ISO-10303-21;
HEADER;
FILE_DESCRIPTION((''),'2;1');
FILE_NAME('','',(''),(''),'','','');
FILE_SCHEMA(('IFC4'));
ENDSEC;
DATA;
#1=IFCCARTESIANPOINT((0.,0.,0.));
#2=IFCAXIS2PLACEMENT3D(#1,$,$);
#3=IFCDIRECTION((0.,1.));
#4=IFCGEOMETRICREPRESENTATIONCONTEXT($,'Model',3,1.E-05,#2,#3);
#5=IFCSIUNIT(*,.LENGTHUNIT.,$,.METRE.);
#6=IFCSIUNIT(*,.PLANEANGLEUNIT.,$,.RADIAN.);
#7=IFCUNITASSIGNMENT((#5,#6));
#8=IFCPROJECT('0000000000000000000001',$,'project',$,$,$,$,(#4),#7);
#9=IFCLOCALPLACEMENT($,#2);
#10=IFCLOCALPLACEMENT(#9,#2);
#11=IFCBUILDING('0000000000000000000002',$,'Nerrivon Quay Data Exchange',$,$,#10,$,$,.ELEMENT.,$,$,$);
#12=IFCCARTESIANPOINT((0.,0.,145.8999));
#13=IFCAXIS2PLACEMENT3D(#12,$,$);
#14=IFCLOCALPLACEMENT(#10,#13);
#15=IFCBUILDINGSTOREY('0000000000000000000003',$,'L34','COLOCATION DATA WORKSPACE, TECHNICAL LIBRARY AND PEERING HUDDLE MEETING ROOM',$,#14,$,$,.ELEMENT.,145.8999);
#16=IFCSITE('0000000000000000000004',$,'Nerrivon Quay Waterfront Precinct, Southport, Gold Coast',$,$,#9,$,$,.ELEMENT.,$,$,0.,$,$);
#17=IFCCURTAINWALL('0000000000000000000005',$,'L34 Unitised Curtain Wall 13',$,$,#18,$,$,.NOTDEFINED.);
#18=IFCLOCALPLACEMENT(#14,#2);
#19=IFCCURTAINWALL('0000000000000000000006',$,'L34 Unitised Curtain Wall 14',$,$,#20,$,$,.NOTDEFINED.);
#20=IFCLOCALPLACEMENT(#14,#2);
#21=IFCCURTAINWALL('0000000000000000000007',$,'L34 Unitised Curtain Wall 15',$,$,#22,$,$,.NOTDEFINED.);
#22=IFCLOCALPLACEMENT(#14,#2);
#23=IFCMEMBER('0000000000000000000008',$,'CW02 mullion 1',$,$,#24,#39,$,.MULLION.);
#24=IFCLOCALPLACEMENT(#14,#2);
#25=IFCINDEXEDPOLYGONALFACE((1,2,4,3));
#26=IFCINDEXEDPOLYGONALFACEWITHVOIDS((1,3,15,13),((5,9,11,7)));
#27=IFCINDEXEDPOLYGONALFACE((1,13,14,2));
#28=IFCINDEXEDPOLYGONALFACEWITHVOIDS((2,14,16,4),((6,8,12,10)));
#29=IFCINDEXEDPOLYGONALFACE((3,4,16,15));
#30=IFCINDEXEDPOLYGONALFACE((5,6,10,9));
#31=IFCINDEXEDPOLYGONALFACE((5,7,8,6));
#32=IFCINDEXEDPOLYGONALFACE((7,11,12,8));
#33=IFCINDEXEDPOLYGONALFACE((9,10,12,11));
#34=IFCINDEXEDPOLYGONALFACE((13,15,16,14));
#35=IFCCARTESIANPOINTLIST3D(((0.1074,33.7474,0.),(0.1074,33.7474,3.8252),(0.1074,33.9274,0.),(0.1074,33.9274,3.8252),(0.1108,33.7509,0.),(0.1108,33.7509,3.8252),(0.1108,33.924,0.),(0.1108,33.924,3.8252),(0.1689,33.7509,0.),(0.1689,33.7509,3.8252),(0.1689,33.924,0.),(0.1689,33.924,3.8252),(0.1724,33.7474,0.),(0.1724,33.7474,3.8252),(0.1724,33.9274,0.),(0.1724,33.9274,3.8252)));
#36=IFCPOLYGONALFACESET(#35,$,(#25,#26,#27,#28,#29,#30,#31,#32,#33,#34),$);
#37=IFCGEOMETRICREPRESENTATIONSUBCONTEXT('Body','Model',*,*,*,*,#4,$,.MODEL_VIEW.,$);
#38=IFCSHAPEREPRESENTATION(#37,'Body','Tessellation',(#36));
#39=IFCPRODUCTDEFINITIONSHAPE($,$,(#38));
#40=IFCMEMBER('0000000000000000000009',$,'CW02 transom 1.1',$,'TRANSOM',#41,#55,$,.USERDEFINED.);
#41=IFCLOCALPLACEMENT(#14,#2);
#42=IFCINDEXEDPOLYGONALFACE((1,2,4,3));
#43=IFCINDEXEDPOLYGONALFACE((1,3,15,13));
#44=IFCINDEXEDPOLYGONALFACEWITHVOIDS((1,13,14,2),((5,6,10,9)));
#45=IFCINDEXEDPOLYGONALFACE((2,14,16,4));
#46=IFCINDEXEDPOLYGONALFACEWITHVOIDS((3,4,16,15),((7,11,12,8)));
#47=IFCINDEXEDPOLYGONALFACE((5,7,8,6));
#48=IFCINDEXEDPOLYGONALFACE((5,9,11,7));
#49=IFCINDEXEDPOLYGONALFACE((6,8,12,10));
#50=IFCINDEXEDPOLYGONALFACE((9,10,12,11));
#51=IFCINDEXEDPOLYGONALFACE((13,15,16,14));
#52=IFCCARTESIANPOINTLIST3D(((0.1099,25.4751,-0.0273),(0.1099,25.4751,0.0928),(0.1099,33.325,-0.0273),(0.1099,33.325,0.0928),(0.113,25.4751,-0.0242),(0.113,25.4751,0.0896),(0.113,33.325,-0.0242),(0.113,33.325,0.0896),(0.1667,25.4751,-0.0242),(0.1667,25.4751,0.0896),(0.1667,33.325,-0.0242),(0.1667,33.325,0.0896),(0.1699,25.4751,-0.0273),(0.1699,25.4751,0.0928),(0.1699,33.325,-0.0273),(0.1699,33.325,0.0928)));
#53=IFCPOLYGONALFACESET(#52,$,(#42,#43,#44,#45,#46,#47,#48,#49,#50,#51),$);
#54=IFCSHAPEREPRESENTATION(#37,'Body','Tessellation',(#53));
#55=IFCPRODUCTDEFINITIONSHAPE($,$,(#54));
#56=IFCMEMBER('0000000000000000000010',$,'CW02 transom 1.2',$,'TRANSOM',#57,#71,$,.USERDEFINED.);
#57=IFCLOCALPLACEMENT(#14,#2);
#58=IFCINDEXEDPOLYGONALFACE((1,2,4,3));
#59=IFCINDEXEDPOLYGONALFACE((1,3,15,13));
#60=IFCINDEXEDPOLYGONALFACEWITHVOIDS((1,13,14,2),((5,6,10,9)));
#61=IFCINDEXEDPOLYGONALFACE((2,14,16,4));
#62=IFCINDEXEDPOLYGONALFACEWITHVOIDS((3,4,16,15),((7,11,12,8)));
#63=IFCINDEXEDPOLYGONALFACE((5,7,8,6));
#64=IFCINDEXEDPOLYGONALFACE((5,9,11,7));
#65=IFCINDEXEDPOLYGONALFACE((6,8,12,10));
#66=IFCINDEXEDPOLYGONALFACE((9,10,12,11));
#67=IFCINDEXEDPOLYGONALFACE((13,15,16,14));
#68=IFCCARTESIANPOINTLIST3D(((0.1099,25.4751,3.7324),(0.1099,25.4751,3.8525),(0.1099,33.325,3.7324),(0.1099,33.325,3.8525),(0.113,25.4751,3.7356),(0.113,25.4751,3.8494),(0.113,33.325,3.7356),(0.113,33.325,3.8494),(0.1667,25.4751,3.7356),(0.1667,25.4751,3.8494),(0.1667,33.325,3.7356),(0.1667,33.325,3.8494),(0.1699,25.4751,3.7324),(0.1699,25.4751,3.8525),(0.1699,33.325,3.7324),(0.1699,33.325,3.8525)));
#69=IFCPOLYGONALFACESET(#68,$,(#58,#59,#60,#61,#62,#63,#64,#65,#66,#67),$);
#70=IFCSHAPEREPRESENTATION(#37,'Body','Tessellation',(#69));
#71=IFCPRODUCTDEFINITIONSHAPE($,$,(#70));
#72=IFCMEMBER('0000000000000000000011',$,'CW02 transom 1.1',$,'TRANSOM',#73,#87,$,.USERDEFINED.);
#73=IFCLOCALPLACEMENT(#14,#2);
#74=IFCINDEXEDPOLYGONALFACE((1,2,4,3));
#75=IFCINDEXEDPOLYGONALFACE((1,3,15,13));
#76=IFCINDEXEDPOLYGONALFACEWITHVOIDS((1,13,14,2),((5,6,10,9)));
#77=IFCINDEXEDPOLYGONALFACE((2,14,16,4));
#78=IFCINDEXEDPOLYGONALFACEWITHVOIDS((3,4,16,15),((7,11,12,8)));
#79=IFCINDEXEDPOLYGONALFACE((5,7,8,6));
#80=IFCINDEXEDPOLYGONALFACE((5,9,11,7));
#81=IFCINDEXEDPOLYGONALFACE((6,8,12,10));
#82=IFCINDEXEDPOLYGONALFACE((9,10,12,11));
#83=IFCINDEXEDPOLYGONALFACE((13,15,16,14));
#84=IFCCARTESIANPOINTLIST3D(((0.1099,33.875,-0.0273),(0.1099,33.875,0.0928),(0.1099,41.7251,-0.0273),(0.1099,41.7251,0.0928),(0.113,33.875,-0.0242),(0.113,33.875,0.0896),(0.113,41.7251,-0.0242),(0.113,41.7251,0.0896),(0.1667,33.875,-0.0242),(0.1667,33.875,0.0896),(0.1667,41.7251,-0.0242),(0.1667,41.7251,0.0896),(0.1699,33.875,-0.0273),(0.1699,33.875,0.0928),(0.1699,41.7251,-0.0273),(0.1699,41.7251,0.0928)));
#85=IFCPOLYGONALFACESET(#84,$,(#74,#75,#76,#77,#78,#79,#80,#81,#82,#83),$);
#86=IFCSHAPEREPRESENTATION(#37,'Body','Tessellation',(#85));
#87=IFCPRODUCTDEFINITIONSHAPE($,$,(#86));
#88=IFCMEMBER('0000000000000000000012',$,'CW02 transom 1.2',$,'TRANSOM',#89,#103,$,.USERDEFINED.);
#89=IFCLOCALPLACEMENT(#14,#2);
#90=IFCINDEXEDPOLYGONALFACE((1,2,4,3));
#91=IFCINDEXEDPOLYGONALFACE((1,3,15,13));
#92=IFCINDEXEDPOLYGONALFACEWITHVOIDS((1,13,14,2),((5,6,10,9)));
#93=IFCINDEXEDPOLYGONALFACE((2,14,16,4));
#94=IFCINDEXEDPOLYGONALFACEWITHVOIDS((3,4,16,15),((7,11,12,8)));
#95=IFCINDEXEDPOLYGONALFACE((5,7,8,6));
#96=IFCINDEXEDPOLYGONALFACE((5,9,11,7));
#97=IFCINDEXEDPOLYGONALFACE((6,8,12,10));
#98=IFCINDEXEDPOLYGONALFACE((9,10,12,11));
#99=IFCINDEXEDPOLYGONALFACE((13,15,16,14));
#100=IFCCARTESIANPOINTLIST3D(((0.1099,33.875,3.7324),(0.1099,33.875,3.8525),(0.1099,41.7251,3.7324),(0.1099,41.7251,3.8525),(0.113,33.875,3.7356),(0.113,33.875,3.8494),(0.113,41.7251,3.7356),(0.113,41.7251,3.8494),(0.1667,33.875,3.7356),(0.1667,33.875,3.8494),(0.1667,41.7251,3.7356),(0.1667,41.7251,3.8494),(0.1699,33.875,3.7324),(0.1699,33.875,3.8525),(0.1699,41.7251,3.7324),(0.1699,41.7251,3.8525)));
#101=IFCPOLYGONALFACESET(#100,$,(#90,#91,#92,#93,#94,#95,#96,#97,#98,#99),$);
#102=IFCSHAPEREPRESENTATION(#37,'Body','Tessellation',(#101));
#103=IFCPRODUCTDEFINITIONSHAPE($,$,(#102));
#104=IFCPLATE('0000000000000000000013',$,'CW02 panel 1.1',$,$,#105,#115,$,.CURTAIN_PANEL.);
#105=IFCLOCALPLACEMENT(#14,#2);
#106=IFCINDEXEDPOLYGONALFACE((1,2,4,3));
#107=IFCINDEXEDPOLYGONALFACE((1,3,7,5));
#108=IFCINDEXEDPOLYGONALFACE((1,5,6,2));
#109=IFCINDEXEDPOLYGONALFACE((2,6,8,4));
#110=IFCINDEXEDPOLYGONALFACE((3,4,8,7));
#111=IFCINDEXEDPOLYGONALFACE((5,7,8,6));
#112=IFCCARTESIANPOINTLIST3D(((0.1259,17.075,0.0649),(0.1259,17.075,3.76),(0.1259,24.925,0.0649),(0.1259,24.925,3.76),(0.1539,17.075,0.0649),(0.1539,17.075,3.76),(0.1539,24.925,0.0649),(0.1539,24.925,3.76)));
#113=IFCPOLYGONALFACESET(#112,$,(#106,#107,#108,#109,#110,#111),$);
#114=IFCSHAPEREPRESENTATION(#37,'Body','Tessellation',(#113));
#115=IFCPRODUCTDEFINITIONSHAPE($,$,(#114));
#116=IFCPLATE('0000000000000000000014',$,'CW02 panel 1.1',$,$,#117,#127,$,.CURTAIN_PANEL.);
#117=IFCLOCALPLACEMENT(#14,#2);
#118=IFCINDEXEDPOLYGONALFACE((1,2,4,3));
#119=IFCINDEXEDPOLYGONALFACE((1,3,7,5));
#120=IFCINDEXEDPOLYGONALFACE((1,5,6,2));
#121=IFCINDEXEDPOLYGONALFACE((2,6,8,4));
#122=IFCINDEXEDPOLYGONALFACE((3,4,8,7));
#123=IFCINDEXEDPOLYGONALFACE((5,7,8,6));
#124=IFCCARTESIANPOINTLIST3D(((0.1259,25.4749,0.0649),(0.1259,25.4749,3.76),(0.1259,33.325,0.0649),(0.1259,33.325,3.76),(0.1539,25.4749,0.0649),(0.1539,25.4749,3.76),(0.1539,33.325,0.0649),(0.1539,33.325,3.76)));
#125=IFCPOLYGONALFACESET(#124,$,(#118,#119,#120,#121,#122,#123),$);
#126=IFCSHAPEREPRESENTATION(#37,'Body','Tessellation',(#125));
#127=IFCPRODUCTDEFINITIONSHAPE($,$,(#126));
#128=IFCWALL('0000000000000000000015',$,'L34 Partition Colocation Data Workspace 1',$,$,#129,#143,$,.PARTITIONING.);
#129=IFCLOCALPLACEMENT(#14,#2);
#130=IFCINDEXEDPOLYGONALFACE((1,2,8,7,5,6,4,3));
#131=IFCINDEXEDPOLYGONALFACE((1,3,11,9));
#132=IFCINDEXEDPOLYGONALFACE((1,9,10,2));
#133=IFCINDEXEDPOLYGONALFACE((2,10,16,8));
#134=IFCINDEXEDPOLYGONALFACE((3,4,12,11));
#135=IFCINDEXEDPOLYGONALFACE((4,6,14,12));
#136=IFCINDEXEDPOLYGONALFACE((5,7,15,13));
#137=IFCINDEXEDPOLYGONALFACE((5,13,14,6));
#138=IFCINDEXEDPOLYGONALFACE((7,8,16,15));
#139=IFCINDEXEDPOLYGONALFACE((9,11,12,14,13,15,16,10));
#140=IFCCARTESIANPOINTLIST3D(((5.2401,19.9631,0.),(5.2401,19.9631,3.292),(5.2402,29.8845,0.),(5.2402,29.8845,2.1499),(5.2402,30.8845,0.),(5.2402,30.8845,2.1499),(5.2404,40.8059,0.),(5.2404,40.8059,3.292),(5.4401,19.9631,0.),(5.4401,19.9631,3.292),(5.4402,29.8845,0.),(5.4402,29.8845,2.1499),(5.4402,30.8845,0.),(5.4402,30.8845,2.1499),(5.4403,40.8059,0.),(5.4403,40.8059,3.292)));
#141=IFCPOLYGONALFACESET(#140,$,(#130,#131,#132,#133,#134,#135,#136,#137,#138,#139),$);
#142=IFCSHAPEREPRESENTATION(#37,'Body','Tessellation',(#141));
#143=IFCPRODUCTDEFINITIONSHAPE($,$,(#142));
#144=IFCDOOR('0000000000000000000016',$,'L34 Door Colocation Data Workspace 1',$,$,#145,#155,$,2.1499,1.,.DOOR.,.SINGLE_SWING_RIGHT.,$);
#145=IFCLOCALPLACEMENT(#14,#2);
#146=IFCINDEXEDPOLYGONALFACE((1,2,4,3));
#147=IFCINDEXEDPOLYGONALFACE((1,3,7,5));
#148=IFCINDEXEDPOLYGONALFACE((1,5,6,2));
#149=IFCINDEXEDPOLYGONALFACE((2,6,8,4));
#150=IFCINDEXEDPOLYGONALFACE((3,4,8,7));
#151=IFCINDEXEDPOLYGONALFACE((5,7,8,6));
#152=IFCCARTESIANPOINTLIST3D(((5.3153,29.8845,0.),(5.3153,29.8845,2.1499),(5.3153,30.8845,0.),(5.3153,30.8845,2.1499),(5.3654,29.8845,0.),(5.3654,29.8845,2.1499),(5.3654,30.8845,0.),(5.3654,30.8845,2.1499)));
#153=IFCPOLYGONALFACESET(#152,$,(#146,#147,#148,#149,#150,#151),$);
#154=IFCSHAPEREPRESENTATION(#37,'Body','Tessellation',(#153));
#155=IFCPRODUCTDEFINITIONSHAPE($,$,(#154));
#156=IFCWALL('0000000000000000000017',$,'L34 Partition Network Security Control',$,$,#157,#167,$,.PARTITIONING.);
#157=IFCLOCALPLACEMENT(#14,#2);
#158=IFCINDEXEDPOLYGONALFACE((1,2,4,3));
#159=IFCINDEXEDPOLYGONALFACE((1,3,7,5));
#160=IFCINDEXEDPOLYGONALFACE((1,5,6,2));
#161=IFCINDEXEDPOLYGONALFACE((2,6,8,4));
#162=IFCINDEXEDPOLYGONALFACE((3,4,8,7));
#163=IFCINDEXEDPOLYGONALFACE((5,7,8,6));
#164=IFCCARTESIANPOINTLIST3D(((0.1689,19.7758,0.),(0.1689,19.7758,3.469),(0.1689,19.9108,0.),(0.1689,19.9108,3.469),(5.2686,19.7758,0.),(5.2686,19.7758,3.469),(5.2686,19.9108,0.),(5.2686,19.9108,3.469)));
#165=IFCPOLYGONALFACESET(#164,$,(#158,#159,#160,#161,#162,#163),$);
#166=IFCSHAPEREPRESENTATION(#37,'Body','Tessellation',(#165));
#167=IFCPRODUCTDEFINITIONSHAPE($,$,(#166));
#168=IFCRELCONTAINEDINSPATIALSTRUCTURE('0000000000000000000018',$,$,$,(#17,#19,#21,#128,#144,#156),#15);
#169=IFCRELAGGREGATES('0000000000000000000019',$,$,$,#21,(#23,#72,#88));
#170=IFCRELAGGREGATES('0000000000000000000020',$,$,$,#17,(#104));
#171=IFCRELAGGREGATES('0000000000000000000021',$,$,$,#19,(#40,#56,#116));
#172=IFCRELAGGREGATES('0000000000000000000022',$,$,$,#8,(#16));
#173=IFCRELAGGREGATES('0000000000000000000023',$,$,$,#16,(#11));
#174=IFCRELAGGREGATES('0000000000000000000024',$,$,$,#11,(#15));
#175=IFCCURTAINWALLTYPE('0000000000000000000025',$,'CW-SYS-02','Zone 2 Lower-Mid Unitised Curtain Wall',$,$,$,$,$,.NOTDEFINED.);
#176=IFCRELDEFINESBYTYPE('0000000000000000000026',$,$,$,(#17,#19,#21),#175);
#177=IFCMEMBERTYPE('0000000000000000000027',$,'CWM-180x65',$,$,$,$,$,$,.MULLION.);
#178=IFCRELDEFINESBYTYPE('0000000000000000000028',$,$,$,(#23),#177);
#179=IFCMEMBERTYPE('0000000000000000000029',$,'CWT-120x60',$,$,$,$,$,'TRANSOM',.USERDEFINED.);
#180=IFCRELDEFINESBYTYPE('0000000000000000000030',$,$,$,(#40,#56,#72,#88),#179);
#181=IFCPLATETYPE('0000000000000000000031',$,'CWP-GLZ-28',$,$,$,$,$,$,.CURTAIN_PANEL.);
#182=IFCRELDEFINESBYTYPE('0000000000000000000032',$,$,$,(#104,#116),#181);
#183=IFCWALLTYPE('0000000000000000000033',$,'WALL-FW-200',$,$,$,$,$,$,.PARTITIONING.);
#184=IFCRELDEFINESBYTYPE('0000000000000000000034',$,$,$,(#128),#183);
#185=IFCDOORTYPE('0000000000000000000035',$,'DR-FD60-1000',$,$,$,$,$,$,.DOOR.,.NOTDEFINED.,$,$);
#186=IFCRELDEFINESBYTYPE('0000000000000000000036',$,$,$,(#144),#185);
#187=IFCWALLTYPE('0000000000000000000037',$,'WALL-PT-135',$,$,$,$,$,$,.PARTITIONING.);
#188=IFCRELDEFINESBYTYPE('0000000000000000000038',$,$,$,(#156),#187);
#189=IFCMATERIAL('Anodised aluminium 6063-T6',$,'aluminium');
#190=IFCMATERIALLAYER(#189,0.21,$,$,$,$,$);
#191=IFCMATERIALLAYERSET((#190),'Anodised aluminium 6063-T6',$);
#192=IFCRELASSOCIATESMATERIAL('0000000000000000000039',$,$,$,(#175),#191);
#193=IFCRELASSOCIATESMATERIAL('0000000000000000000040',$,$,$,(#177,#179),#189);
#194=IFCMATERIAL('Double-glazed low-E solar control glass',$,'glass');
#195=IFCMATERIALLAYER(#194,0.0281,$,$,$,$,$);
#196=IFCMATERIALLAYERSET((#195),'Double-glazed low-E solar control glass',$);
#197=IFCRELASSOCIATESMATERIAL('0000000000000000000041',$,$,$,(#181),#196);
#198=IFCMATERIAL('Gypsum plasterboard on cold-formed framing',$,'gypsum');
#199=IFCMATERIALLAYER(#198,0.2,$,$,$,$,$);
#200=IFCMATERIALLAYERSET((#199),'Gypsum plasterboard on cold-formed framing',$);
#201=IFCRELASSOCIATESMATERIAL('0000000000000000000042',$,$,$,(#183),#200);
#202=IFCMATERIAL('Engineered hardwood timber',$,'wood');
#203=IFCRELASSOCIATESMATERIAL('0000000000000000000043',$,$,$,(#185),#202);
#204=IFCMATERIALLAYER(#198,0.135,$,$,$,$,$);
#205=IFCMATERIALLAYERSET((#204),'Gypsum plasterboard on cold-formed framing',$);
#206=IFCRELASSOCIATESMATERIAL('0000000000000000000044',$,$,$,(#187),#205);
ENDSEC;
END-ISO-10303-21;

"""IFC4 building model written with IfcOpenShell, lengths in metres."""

from ifc_helpers import new_model, si_unit, direction, frame, frame_2d, origin, origin_2d, place, context, subcontext, project, spatial, rectangle, hollow_rectangle, extrude, material, layer, layer_set, material_profile, profile_set, type_object, element, fill, aggregate, save


model = new_model("IFC4")

# Units and contexts
model_context = context("Model", 3, precision=1e-05, world=origin(), true_north=direction((0.0, 1.0)))
body_context = subcontext(model_context, "Body", "Model", "MODEL_VIEW")
ifc_project = project(units=[si_unit("LENGTHUNIT", "METRE"), si_unit("PLANEANGLEUNIT", "RADIAN")], contexts=[model_context])

# Site, building, storey
site_placement = place(None, origin())
site = spatial("IfcSite", under=ifc_project, at=site_placement, Name="Nerrivon Quay Waterfront Precinct, Southport, Gold Coast", CompositionType="ELEMENT", RefElevation=0.0)
building_placement = place(site_placement, origin())
building = spatial("IfcBuilding", under=site, at=building_placement, Name="Nerrivon Quay Data Exchange", CompositionType="ELEMENT")
storey_placement = place(building_placement, frame((0.0, 0.0, 145.8999)))
storey = spatial("IfcBuildingStorey", under=building, at=storey_placement, Name="L34", Description="COLOCATION DATA WORKSPACE, TECHNICAL LIBRARY AND PEERING HUDDLE MEETING ROOM", CompositionType="ELEMENT", Elevation=145.8999)

# Curtain wall
ifc_material_1 = material(Name="Anodised aluminium 6063-T6", Category="aluminium")
ifc_layer_1 = layer(ifc_material_1, 0.21)
ifc_layer_set_1 = layer_set([ifc_layer_1], Name="Anodised aluminium 6063-T6")
curtain_wall_type = type_object("IfcCurtainWallType", Name="CW-SYS-02", Description="Zone 2 Lower-Mid Unitised Curtain Wall", PredefinedType="NOTDEFINED", material=ifc_layer_set_1)
curtain_wall_1_placement = place(storey_placement, origin())
curtain_wall_1 = element("IfcCurtainWall", 1, at=curtain_wall_1_placement, inside=storey, type_object=curtain_wall_type, Name="L34 Unitised Curtain Wall 13", PredefinedType="NOTDEFINED")
ifc_material_profile_1 = material_profile(ifc_material_1, hollow_rectangle(XDim=0.0649, YDim=0.1799, WallThickness=0.0034, at=origin_2d()), Name="ALU-MULL-180x65")
ifc_profile_set_1 = profile_set([ifc_material_profile_1], Name="Anodised aluminium 6063-T6")
member_type_1 = type_object("IfcMemberType", Name="CWM-180x65", PredefinedType="MULLION", material=ifc_profile_set_1)

# Curtain wall
curtain_wall_2_placement = place(storey_placement, origin())
curtain_wall_2 = element("IfcCurtainWall", 2, at=curtain_wall_2_placement, inside=storey, type_object=curtain_wall_type, Name="L34 Unitised Curtain Wall 14", PredefinedType="NOTDEFINED")

# Curtain wall, member
curtain_wall_3_placement = place(storey_placement, origin())
curtain_wall_3 = element("IfcCurtainWall", 3, at=curtain_wall_3_placement, inside=storey, type_object=curtain_wall_type, Name="L34 Unitised Curtain Wall 15", PredefinedType="NOTDEFINED")
member_1_placement = place(storey_placement, frame((0.1399, 33.8374, 0.0), z_axis=(0.0, 0.0, 1.0), x_axis=(-1.0, 0.0, 0.0)))
member_1 = element("IfcMember", 4, at=member_1_placement, type_object=member_type_1, Name="CW02 mullion 1", PredefinedType="MULLION", context=body_context, shape_type="SweptSolid", body=[
    extrude(hollow_rectangle(XDim=0.0649, YDim=0.1799, WallThickness=0.0034, at=origin_2d()), origin(), (0.0, 0.0, 1.0), 3.8252),
])

# Members
ifc_material_profile_2 = material_profile(ifc_material_1, hollow_rectangle(XDim=0.0601, YDim=0.1201, WallThickness=0.0032, at=origin_2d()), Name="ALU-TRAN-120x60")
ifc_profile_set_2 = profile_set([ifc_material_profile_2], Name="Anodised aluminium 6063-T6")
member_type_2 = type_object("IfcMemberType", Name="CWT-120x60", ElementType="TRANSOM", PredefinedType="USERDEFINED", material=ifc_profile_set_2)
member_2_placement = place(storey_placement, frame((0.1399, 25.4751, 0.0327), z_axis=(0.0, 1.0, 0.0), x_axis=(-1.0, 0.0, 0.0)))
member_2 = element("IfcMember", 5, at=member_2_placement, type_object=member_type_2, Name="CW02 transom 1.1", ObjectType="TRANSOM", PredefinedType="USERDEFINED", context=body_context, shape_type="SweptSolid", body=[
    extrude(hollow_rectangle(XDim=0.0601, YDim=0.1201, WallThickness=0.0032, at=origin_2d()), origin(), (0.0, 0.0, 1.0), 7.8499),
])
member_3_placement = place(storey_placement, frame((0.1399, 25.4751, 3.7925), z_axis=(0.0, 1.0, 0.0), x_axis=(-1.0, 0.0, 0.0)))
member_3 = element("IfcMember", 6, at=member_3_placement, type_object=member_type_2, Name="CW02 transom 1.2", ObjectType="TRANSOM", PredefinedType="USERDEFINED", context=body_context, shape_type="SweptSolid", body=[
    extrude(hollow_rectangle(XDim=0.0601, YDim=0.1201, WallThickness=0.0032, at=origin_2d()), origin(), (0.0, 0.0, 1.0), 7.8499),
])
member_4_placement = place(storey_placement, frame((0.1399, 33.875, 0.0327), z_axis=(0.0, 1.0, 0.0), x_axis=(-1.0, 0.0, 0.0)))
member_4 = element("IfcMember", 7, at=member_4_placement, type_object=member_type_2, Name="CW02 transom 1.1", ObjectType="TRANSOM", PredefinedType="USERDEFINED", context=body_context, shape_type="SweptSolid", body=[
    extrude(hollow_rectangle(XDim=0.0601, YDim=0.1201, WallThickness=0.0032, at=origin_2d()), origin(), (0.0, 0.0, 1.0), 7.8501),
])
member_5_placement = place(storey_placement, frame((0.1399, 33.875, 3.7925), z_axis=(0.0, 1.0, 0.0), x_axis=(-1.0, 0.0, 0.0)))
member_5 = element("IfcMember", 8, at=member_5_placement, type_object=member_type_2, Name="CW02 transom 1.2", ObjectType="TRANSOM", PredefinedType="USERDEFINED", context=body_context, shape_type="SweptSolid", body=[
    extrude(hollow_rectangle(XDim=0.0601, YDim=0.1201, WallThickness=0.0032, at=origin_2d()), origin(), (0.0, 0.0, 1.0), 7.8501),
])
aggregate(curtain_wall_3, [member_1, member_4, member_5])

# Plates
ifc_material_2 = material(Name="Double-glazed low-E solar control glass", Category="glass")
ifc_layer_2 = layer(ifc_material_2, 0.0281)
ifc_layer_set_2 = layer_set([ifc_layer_2], Name="Double-glazed low-E solar control glass")
plate_type = type_object("IfcPlateType", Name="CWP-GLZ-28", PredefinedType="CURTAIN_PANEL", material=ifc_layer_set_2)
plate_1_placement = place(storey_placement, frame((0.1399, 21.0, 0.0649), z_axis=(0.0, 0.0, 1.0), x_axis=(0.0, 1.0, 0.0)))
plate_1 = element("IfcPlate", 9, at=plate_1_placement, type_object=plate_type, Name="CW02 panel 1.1", PredefinedType="CURTAIN_PANEL", context=body_context, shape_type="SweptSolid", body=[
    extrude(rectangle(XDim=7.8501, YDim=0.0281, at=origin_2d()), origin(), (0.0, 0.0, 1.0), 3.6951),
])
aggregate(curtain_wall_1, [plate_1])
plate_2_placement = place(storey_placement, frame((0.1399, 29.3999, 0.0649), z_axis=(0.0, 0.0, 1.0), x_axis=(0.0, 1.0, 0.0)))
plate_2 = element("IfcPlate", 10, at=plate_2_placement, type_object=plate_type, Name="CW02 panel 1.1", PredefinedType="CURTAIN_PANEL", context=body_context, shape_type="SweptSolid", body=[
    extrude(rectangle(XDim=7.8501, YDim=0.0281, at=origin_2d()), origin(), (0.0, 0.0, 1.0), 3.6951),
])
aggregate(curtain_wall_2, [member_2, member_3, plate_2])

# Wall, opening, door
ifc_material_3 = material(Name="Gypsum plasterboard on cold-formed framing", Category="gypsum")
ifc_layer_3 = layer(ifc_material_3, 0.2)
ifc_layer_set_3 = layer_set([ifc_layer_3], Name="Gypsum plasterboard on cold-formed framing")
wall_type_1 = type_object("IfcWallType", Name="WALL-FW-200", PredefinedType="PARTITIONING", material=ifc_layer_set_3)
wall_1_placement = place(storey_placement, frame((5.3401, 19.9631, 0.0), z_axis=(0.0, 0.0, 1.0), x_axis=(0.000012, 1.0, 0.0)))
wall_1 = element("IfcWall", 11, at=wall_1_placement, inside=storey, type_object=wall_type_1, Name="L34 Partition Colocation Data Workspace 1", PredefinedType="PARTITIONING", context=body_context, shape_type="SweptSolid", body=[
    extrude(rectangle(XDim=20.8428, YDim=0.2, at=frame_2d((10.4214, 0.0))), origin(), (0.0, 0.0, 1.0), 3.292),
])
opening_1_placement = place(wall_1_placement, frame((9.9214, 0.0, 0.0)))
opening_1 = element("IfcOpeningElement", 12, at=opening_1_placement, cuts=wall_1, PredefinedType="OPENING", context=body_context, shape_type="SweptSolid", body=[
    extrude(rectangle(XDim=1.0, YDim=2.1499, at=frame_2d((0.5, 1.075))), frame((0.0, 0.1099, 0.0), z_axis=(0.0, -1.0, 0.0), x_axis=(1.0, 0.0, 0.0)), (0.0, 0.0, 1.0), 0.22),
])
ifc_material_4 = material(Name="Engineered hardwood timber", Category="wood")
door_type_1 = type_object("IfcDoorType", Name="DR-FD60-1000", OperationType="NOTDEFINED", PredefinedType="DOOR", material=ifc_material_4)
door_1_placement = place(opening_1_placement, origin())
door_1 = element("IfcDoor", 13, at=door_1_placement, inside=storey, type_object=door_type_1, Name="L34 Door Colocation Data Workspace 1", OperationType="SINGLE_SWING_RIGHT", OverallHeight=2.1499, OverallWidth=1.0, PredefinedType="DOOR", context=body_context, shape_type="SweptSolid", body=[
    extrude(rectangle(XDim=1.0, YDim=2.1499, at=frame_2d((0.5, 1.075))), frame((0.0, 0.0249, 0.0), z_axis=(0.0, -1.0, 0.0), x_axis=(1.0, 0.0, 0.0)), (0.0, 0.0, 1.0), 0.05),
])
fill(opening_1, door_1)

# Wall
ifc_layer_4 = layer(ifc_material_3, 0.135)
ifc_layer_set_4 = layer_set([ifc_layer_4], Name="Gypsum plasterboard on cold-formed framing")
wall_type_2 = type_object("IfcWallType", Name="WALL-PT-135", PredefinedType="PARTITIONING", material=ifc_layer_set_4)
wall_2_placement = place(storey_placement, frame((5.2686, 19.8433, 0.0), z_axis=(0.0, 0.0, 1.0), x_axis=(-1.0, 0.0, 0.0)))
element("IfcWall", 14, at=wall_2_placement, inside=storey, type_object=wall_type_2, Name="L34 Partition Network Security Control", PredefinedType="PARTITIONING", context=body_context, shape_type="SweptSolid", body=[
    extrude(rectangle(XDim=5.0996, YDim=0.135, at=frame_2d((2.5498, 0.0))), origin(), (0.0, 0.0, 1.0), 3.469),
])

save(model, "model.ifc")
